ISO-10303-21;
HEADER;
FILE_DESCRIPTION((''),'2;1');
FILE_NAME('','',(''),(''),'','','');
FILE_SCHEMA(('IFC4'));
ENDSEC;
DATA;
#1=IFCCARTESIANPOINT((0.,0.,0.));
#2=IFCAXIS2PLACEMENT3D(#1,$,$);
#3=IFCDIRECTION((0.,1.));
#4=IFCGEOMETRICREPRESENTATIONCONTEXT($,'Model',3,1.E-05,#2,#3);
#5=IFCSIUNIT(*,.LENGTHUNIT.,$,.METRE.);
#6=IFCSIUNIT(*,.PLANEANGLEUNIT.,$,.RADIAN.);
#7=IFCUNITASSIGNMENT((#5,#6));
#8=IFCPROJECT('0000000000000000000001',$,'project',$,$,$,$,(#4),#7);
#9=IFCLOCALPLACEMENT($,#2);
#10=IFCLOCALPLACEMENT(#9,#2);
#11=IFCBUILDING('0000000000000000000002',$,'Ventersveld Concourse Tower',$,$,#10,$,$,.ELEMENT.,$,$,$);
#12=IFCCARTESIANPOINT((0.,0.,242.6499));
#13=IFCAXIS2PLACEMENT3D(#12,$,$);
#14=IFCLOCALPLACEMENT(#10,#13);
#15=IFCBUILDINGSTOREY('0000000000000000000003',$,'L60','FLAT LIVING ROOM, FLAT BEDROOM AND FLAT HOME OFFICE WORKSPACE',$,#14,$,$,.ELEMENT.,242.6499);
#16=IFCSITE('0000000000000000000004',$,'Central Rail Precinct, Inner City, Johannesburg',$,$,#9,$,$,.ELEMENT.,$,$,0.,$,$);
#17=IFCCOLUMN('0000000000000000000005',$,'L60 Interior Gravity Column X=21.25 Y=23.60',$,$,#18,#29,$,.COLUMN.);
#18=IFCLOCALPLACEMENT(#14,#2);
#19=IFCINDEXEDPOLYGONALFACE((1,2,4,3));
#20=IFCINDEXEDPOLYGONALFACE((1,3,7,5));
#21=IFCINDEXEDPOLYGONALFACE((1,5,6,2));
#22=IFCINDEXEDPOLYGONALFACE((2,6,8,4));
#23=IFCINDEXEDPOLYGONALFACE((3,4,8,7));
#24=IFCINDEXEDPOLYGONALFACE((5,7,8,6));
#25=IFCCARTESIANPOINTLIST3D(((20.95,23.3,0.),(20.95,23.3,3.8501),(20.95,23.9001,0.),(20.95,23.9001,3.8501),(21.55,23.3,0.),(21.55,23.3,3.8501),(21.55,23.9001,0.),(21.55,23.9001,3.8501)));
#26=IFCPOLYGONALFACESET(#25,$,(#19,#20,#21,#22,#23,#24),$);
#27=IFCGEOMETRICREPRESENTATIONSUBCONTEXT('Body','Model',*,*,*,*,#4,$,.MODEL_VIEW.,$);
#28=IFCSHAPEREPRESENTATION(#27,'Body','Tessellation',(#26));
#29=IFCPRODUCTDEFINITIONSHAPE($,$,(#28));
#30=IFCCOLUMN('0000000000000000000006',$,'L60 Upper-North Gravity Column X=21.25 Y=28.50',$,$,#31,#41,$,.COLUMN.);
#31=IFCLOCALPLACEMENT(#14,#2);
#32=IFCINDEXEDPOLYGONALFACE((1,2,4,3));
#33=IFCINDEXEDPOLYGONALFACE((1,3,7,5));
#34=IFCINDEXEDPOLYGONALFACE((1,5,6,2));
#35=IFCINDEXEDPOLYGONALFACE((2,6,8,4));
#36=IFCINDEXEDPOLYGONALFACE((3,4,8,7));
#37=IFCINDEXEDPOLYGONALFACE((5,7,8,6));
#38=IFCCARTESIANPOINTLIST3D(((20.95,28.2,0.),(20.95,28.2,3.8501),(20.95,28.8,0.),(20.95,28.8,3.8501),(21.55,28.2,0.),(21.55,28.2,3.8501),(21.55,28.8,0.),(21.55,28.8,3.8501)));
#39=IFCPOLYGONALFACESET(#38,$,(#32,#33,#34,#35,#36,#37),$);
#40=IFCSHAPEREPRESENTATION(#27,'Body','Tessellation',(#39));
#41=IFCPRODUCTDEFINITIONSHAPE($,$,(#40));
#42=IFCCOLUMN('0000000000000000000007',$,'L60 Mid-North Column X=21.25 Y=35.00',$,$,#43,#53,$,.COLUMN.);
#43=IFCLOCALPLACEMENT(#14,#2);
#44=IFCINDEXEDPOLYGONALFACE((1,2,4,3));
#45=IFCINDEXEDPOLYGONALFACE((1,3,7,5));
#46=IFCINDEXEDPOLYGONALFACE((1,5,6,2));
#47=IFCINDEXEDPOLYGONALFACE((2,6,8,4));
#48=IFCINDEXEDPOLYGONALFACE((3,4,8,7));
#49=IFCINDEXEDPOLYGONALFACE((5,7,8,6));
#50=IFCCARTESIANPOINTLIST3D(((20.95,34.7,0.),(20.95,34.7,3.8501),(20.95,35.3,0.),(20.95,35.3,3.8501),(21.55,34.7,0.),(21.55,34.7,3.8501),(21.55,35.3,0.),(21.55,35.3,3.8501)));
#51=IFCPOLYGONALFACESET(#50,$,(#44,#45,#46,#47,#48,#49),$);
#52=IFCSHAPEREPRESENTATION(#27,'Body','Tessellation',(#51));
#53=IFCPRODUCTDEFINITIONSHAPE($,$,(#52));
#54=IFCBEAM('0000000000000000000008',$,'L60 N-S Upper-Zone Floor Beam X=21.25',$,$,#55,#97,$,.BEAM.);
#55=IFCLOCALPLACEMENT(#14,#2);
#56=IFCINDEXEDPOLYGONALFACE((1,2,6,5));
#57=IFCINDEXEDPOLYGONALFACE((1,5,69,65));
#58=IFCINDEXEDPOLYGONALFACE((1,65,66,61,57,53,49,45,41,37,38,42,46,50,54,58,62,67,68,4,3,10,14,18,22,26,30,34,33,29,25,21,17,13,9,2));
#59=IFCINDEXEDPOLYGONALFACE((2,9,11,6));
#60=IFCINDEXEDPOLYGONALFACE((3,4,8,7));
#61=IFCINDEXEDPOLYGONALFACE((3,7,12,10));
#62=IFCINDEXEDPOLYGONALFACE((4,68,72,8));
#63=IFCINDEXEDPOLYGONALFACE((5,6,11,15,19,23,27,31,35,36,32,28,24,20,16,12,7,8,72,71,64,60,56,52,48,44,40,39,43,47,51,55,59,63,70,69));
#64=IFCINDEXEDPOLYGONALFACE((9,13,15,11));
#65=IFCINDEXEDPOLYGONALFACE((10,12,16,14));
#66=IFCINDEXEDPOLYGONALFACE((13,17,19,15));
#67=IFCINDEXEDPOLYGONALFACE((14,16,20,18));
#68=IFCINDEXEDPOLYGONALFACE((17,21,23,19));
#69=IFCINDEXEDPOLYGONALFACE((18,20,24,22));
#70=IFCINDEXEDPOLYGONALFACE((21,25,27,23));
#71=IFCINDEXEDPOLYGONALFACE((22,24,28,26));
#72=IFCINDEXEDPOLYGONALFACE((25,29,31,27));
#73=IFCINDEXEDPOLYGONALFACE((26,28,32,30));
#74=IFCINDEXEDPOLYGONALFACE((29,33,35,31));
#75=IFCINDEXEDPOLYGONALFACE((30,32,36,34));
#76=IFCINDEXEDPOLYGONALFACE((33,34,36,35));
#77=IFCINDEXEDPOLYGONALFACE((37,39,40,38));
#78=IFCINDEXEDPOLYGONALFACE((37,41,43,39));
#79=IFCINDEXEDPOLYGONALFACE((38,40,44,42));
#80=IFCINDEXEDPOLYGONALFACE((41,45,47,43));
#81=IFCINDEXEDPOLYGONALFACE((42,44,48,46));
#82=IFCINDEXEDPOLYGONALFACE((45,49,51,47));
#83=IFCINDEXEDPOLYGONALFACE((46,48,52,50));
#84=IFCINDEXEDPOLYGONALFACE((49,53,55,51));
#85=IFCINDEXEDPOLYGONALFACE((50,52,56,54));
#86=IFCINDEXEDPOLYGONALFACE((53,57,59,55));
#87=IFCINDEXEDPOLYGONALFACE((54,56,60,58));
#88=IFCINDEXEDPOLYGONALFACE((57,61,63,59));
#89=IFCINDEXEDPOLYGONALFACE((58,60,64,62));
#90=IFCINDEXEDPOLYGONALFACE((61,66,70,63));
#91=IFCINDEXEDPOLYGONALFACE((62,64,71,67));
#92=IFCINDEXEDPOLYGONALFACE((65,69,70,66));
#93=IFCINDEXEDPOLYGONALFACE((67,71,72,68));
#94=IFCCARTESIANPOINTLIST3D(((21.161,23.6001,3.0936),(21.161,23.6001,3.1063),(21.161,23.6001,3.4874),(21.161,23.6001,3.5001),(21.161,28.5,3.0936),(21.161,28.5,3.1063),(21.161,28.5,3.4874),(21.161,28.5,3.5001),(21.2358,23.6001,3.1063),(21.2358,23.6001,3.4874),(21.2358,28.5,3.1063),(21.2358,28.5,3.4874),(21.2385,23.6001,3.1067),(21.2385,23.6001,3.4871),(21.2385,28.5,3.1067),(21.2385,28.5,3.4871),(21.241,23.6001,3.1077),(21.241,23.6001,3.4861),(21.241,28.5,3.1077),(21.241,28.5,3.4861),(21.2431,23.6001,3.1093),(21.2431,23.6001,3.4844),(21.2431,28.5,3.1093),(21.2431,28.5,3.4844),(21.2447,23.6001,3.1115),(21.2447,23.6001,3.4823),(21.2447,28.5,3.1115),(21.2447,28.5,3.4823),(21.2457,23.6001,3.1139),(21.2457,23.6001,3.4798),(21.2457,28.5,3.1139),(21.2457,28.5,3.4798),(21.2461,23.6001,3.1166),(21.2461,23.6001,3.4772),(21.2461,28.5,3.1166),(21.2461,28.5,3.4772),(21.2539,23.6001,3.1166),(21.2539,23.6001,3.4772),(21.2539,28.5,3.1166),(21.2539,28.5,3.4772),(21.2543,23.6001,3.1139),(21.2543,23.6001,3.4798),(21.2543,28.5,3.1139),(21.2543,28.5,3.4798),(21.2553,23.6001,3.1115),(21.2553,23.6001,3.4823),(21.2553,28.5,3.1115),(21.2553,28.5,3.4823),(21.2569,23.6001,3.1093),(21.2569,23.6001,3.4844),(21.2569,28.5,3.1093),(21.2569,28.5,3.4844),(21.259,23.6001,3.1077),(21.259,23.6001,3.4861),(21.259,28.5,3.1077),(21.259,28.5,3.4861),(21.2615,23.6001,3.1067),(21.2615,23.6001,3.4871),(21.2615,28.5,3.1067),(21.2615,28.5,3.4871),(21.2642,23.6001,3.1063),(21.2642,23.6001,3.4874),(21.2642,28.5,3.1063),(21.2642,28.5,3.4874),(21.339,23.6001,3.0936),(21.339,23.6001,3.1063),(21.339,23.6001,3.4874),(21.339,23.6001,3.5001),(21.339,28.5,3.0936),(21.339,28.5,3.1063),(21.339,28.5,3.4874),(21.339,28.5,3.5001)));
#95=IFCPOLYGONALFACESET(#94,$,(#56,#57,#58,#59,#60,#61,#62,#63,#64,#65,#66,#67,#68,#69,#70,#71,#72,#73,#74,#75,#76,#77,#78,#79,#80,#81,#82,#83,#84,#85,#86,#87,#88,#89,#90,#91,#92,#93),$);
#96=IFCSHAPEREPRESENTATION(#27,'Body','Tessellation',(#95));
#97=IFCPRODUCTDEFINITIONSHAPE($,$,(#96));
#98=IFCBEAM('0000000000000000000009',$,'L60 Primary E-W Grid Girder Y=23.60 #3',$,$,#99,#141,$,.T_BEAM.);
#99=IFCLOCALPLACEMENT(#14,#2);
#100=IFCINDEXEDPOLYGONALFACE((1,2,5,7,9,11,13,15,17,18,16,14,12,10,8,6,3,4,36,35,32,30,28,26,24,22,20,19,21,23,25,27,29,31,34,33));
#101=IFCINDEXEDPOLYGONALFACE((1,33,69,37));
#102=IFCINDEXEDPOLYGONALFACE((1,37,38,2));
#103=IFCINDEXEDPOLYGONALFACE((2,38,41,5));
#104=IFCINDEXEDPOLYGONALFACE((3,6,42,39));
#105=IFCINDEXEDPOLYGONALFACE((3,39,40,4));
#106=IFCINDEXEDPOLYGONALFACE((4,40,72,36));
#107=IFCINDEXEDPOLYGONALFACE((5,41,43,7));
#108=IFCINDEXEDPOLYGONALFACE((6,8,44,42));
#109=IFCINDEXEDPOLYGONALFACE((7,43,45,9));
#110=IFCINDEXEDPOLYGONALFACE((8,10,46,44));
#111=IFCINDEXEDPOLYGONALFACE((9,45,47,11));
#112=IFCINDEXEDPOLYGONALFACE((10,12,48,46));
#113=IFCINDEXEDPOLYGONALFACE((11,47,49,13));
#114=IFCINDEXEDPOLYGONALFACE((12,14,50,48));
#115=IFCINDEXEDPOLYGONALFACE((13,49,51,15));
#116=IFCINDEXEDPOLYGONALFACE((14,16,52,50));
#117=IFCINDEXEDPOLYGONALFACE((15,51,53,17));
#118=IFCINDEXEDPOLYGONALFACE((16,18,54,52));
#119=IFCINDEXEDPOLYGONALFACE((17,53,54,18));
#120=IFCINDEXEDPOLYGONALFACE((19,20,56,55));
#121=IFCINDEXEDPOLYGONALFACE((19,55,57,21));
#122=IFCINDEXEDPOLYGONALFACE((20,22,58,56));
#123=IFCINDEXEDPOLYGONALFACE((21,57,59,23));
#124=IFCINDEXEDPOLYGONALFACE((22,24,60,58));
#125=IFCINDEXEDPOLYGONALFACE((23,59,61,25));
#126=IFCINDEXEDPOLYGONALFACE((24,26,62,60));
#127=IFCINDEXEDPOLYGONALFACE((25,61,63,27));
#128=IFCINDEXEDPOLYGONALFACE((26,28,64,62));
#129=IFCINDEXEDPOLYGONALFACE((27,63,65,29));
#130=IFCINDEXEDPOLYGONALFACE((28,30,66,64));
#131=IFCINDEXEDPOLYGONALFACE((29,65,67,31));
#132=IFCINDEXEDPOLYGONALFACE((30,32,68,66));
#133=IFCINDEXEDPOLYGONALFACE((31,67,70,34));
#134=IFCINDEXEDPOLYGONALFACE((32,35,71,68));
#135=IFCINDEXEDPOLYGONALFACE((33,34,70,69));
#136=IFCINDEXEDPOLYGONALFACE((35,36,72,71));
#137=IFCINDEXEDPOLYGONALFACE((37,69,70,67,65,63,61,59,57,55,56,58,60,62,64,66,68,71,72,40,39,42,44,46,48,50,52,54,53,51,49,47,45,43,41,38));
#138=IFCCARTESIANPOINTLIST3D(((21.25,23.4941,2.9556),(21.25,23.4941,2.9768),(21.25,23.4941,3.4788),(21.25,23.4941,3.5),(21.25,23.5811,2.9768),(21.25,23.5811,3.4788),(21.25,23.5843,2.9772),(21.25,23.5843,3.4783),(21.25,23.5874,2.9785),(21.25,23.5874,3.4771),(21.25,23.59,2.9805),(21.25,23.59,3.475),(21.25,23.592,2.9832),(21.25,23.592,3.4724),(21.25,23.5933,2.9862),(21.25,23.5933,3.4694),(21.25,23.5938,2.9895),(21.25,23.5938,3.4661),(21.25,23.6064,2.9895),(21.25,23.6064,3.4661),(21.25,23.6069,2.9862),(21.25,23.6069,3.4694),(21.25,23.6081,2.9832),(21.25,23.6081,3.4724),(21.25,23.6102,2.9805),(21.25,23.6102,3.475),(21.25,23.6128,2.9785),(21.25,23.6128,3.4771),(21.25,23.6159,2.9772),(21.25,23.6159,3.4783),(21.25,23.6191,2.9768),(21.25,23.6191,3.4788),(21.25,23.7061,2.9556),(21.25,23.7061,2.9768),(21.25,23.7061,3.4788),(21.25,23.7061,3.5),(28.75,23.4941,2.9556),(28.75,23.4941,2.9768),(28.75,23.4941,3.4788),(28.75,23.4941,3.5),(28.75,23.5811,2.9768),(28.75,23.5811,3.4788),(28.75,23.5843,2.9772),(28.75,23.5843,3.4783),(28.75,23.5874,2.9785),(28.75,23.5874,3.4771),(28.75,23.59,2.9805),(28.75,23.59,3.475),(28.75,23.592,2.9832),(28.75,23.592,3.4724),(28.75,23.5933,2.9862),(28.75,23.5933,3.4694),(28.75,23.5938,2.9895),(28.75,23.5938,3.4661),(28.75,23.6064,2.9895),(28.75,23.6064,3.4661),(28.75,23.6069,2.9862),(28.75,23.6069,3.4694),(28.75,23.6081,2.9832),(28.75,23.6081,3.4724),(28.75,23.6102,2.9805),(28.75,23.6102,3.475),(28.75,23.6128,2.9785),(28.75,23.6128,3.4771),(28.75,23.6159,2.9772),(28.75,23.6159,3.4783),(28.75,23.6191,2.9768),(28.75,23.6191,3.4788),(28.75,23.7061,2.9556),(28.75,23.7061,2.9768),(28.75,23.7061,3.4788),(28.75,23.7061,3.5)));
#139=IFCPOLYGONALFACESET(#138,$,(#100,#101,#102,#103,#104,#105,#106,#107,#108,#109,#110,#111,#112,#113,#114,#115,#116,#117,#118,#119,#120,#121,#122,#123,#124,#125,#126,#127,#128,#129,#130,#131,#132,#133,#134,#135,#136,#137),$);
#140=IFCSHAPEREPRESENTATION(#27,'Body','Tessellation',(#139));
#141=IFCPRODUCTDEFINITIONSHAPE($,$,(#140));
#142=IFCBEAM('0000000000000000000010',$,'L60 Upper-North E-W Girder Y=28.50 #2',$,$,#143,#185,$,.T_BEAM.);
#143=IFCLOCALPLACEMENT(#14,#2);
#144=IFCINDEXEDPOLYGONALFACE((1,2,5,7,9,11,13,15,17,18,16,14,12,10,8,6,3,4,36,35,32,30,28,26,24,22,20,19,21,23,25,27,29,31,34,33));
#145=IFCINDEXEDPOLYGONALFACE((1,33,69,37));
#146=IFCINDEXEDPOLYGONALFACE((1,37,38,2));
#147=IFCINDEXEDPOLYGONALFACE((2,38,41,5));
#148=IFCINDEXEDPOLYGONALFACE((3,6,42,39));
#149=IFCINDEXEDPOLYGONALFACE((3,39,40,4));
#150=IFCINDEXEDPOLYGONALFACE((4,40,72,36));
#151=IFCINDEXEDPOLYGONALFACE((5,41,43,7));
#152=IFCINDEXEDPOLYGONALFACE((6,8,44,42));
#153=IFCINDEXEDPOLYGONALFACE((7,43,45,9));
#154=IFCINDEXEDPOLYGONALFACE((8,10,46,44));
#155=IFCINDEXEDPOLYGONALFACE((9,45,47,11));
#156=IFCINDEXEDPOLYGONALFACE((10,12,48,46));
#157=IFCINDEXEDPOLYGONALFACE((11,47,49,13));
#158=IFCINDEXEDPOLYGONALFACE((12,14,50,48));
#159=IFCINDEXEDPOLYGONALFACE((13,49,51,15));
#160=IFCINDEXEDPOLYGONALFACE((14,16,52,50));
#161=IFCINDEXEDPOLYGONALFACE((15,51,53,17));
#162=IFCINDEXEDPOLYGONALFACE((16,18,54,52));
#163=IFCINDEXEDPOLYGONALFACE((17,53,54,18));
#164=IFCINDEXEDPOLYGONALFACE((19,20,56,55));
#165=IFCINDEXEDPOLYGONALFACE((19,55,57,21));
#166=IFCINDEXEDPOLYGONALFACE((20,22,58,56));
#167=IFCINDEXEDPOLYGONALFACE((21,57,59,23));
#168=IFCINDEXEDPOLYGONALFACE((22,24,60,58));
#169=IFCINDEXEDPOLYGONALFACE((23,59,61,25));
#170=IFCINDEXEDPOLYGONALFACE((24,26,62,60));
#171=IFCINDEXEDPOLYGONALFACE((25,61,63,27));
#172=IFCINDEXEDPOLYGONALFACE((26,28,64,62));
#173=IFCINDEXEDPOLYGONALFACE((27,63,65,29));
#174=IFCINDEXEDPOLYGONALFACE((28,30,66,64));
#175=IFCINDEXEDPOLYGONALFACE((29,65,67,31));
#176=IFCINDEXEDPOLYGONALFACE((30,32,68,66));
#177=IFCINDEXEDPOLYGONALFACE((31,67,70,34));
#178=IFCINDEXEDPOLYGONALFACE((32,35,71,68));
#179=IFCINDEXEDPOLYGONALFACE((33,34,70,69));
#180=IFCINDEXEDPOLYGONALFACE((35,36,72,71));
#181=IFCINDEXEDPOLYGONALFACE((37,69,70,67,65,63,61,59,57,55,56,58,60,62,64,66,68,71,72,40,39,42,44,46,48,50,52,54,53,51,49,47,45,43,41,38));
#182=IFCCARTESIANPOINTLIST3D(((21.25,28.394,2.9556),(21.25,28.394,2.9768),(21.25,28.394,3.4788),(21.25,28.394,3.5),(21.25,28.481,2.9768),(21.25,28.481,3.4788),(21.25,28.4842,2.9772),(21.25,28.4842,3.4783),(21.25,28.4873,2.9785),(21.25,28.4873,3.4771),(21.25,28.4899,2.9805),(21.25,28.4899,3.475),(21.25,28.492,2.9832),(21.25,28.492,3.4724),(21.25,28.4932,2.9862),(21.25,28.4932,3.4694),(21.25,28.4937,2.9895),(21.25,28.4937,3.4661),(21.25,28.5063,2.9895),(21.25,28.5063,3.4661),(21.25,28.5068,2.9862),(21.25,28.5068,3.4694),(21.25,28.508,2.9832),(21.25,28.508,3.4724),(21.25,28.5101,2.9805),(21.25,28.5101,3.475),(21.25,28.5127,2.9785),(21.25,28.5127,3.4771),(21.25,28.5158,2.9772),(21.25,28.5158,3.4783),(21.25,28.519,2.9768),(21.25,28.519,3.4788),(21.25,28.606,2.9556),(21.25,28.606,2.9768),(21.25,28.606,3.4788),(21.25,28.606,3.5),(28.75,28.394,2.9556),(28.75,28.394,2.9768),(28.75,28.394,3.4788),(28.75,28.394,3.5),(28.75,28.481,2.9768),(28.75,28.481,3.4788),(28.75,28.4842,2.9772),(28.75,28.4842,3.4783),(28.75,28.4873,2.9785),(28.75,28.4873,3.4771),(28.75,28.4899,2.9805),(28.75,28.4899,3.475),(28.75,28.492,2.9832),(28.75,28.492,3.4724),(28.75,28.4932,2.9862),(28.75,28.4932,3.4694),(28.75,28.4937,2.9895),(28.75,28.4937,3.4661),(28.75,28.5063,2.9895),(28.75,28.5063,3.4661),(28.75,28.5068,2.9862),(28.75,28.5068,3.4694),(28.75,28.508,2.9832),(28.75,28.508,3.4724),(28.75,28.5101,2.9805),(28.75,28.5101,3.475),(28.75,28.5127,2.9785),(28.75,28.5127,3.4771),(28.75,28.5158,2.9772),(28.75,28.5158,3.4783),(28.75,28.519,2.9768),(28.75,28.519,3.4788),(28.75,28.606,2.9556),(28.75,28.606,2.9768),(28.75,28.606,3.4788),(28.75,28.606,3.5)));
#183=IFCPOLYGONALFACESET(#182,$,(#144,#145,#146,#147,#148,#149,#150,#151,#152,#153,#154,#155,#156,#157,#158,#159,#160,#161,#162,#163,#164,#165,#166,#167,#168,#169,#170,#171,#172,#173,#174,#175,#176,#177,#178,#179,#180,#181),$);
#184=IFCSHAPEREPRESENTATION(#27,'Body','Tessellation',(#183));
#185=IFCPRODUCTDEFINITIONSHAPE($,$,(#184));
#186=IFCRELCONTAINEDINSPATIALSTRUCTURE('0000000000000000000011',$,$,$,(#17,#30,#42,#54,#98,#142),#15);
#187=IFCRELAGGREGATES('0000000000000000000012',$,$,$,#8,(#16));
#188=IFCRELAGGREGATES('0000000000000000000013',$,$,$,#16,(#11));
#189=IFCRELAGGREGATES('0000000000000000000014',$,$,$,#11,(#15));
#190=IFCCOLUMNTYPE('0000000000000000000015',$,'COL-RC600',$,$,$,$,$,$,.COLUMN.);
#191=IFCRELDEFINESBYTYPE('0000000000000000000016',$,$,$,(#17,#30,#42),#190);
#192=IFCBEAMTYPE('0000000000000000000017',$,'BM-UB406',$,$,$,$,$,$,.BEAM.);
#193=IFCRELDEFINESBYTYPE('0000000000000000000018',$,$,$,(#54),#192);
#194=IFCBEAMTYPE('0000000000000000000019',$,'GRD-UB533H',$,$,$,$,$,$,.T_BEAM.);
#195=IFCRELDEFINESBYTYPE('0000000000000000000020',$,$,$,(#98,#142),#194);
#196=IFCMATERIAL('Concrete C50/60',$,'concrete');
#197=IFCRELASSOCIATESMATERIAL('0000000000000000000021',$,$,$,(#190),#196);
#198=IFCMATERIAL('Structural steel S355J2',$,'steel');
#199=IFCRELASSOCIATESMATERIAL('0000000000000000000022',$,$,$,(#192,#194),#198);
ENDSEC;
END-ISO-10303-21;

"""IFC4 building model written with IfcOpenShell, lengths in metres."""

from ifc_helpers import new_model, si_unit, direction, frame, origin, origin_2d, place, context, subcontext, project, spatial, rectangle, i_section, extrude, material, material_profile, profile_set, type_object, element, save


model = new_model("IFC4")

# Units and contexts
model_context = context("Model", 3, precision=1e-05, world=origin(), true_north=direction((0.0, 1.0)))
body_context = subcontext(model_context, "Body", "Model", "MODEL_VIEW")
ifc_project = project(units=[si_unit("LENGTHUNIT", "METRE"), si_unit("PLANEANGLEUNIT", "RADIAN")], contexts=[model_context])

# Site, building, storey
site_placement = place(None, origin())
site = spatial("IfcSite", under=ifc_project, at=site_placement, Name="Central Rail Precinct, Inner City, Johannesburg", CompositionType="ELEMENT", RefElevation=0.0)
building_placement = place(site_placement, origin())
building = spatial("IfcBuilding", under=site, at=building_placement, Name="Ventersveld Concourse Tower", CompositionType="ELEMENT")
storey_placement = place(building_placement, frame((0.0, 0.0, 242.6499)))
storey = spatial("IfcBuildingStorey", under=building, at=storey_placement, Name="L60", Description="FLAT LIVING ROOM, FLAT BEDROOM AND FLAT HOME OFFICE WORKSPACE", CompositionType="ELEMENT", Elevation=242.6499)

# Columns
ifc_material_1 = material(Name="Concrete C50/60", Category="concrete")
ifc_material_profile_1 = material_profile(ifc_material_1, rectangle(XDim=0.6001, YDim=0.6001, at=origin_2d()), Name="RC 600x600")
ifc_profile_set_1 = profile_set([ifc_material_profile_1], Name="Concrete C50/60")
column_type = type_object("IfcColumnType", Name="COL-RC600", PredefinedType="COLUMN", material=ifc_profile_set_1)
for number, where, z_axis, x_axis, name in (
    (1, (21.25, 23.6001, 0.0), (0.0, 0.0, 1.0), (1.0, 0.0, 0.0), "L60 Interior Gravity Column X=21.25 Y=23.60"),
    (2, (21.25, 28.5, 0.0), (0.0, 0.0, 1.0), (1.0, 0.0, 0.0), "L60 Upper-North Gravity Column X=21.25 Y=28.50"),
    (3, (21.25, 35.0, 0.0), (0.0, 0.0, 1.0), (1.0, 0.0, 0.0), "L60 Mid-North Column X=21.25 Y=35.00"),
):
    element("IfcColumn", number, at=place(storey_placement, frame(where, z_axis=z_axis, x_axis=x_axis)), inside=storey, type_object=column_type, Name=name, PredefinedType="COLUMN", context=body_context, shape_type="SweptSolid", body=[
        extrude(rectangle(XDim=0.6001, YDim=0.6001, at=origin_2d()), origin(), (0.0, 0.0, 1.0), 3.8501),
    ])

# Beams
ifc_material_2 = material(Name="Structural steel S355J2", Category="steel")
ifc_material_profile_2 = material_profile(ifc_material_2, i_section(OverallWidth=0.178, OverallDepth=0.4065, WebThickness=0.0078, FlangeThickness=0.0127, FilletRadius=0.0103, at=origin_2d()), Name="UB 406x178x60")
ifc_profile_set_2 = profile_set([ifc_material_profile_2], Name="Structural steel S355J2")
beam_type_1 = type_object("IfcBeamType", Name="BM-UB406", PredefinedType="BEAM", material=ifc_profile_set_2)
beam_placement = place(storey_placement, frame((21.25, 23.6001, 3.2969), z_axis=(0.0, 1.0, 0.0), x_axis=(-1.0, 0.0, 0.0)))
element("IfcBeam", 4, at=beam_placement, inside=storey, type_object=beam_type_1, Name="L60 N-S Upper-Zone Floor Beam X=21.25", PredefinedType="BEAM", context=body_context, shape_type="SweptSolid", body=[
    extrude(i_section(OverallWidth=0.178, OverallDepth=0.4065, WebThickness=0.0078, FlangeThickness=0.0127, FilletRadius=0.0103, at=origin_2d()), origin(), (0.0, 0.0, 1.0), 4.8999),
])
ifc_material_profile_3 = material_profile(ifc_material_2, i_section(OverallWidth=0.2119, OverallDepth=0.5444, WebThickness=0.0127, FlangeThickness=0.0212, FilletRadius=0.0127, at=origin_2d()), Name="UB 533x210x122")
ifc_profile_set_3 = profile_set([ifc_material_profile_3], Name="Structural steel S355J2")
beam_type_2 = type_object("IfcBeamType", Name="GRD-UB533H", PredefinedType="T_BEAM", material=ifc_profile_set_3)
for number, where, z_axis, x_axis, name in (
    (5, (21.25, 23.6001, 3.2278), (1.0, 0.0, 0.0), (0.0, 1.0, 0.0), "L60 Primary E-W Grid Girder Y=23.60 #3"),
    (6, (21.25, 28.5, 3.2278), (1.0, 0.0, 0.0), (0.0, 1.0, 0.0), "L60 Upper-North E-W Girder Y=28.50 #2"),
):
    element("IfcBeam", number, at=place(storey_placement, frame(where, z_axis=z_axis, x_axis=x_axis)), inside=storey, type_object=beam_type_2, Name=name, PredefinedType="T_BEAM", context=body_context, shape_type="SweptSolid", body=[
        extrude(i_section(OverallWidth=0.2119, OverallDepth=0.5444, WebThickness=0.0127, FlangeThickness=0.0212, FilletRadius=0.0127, at=origin_2d()), origin(), (0.0, 0.0, 1.0), 7.5),
    ])

save(model, "model.ifc")
